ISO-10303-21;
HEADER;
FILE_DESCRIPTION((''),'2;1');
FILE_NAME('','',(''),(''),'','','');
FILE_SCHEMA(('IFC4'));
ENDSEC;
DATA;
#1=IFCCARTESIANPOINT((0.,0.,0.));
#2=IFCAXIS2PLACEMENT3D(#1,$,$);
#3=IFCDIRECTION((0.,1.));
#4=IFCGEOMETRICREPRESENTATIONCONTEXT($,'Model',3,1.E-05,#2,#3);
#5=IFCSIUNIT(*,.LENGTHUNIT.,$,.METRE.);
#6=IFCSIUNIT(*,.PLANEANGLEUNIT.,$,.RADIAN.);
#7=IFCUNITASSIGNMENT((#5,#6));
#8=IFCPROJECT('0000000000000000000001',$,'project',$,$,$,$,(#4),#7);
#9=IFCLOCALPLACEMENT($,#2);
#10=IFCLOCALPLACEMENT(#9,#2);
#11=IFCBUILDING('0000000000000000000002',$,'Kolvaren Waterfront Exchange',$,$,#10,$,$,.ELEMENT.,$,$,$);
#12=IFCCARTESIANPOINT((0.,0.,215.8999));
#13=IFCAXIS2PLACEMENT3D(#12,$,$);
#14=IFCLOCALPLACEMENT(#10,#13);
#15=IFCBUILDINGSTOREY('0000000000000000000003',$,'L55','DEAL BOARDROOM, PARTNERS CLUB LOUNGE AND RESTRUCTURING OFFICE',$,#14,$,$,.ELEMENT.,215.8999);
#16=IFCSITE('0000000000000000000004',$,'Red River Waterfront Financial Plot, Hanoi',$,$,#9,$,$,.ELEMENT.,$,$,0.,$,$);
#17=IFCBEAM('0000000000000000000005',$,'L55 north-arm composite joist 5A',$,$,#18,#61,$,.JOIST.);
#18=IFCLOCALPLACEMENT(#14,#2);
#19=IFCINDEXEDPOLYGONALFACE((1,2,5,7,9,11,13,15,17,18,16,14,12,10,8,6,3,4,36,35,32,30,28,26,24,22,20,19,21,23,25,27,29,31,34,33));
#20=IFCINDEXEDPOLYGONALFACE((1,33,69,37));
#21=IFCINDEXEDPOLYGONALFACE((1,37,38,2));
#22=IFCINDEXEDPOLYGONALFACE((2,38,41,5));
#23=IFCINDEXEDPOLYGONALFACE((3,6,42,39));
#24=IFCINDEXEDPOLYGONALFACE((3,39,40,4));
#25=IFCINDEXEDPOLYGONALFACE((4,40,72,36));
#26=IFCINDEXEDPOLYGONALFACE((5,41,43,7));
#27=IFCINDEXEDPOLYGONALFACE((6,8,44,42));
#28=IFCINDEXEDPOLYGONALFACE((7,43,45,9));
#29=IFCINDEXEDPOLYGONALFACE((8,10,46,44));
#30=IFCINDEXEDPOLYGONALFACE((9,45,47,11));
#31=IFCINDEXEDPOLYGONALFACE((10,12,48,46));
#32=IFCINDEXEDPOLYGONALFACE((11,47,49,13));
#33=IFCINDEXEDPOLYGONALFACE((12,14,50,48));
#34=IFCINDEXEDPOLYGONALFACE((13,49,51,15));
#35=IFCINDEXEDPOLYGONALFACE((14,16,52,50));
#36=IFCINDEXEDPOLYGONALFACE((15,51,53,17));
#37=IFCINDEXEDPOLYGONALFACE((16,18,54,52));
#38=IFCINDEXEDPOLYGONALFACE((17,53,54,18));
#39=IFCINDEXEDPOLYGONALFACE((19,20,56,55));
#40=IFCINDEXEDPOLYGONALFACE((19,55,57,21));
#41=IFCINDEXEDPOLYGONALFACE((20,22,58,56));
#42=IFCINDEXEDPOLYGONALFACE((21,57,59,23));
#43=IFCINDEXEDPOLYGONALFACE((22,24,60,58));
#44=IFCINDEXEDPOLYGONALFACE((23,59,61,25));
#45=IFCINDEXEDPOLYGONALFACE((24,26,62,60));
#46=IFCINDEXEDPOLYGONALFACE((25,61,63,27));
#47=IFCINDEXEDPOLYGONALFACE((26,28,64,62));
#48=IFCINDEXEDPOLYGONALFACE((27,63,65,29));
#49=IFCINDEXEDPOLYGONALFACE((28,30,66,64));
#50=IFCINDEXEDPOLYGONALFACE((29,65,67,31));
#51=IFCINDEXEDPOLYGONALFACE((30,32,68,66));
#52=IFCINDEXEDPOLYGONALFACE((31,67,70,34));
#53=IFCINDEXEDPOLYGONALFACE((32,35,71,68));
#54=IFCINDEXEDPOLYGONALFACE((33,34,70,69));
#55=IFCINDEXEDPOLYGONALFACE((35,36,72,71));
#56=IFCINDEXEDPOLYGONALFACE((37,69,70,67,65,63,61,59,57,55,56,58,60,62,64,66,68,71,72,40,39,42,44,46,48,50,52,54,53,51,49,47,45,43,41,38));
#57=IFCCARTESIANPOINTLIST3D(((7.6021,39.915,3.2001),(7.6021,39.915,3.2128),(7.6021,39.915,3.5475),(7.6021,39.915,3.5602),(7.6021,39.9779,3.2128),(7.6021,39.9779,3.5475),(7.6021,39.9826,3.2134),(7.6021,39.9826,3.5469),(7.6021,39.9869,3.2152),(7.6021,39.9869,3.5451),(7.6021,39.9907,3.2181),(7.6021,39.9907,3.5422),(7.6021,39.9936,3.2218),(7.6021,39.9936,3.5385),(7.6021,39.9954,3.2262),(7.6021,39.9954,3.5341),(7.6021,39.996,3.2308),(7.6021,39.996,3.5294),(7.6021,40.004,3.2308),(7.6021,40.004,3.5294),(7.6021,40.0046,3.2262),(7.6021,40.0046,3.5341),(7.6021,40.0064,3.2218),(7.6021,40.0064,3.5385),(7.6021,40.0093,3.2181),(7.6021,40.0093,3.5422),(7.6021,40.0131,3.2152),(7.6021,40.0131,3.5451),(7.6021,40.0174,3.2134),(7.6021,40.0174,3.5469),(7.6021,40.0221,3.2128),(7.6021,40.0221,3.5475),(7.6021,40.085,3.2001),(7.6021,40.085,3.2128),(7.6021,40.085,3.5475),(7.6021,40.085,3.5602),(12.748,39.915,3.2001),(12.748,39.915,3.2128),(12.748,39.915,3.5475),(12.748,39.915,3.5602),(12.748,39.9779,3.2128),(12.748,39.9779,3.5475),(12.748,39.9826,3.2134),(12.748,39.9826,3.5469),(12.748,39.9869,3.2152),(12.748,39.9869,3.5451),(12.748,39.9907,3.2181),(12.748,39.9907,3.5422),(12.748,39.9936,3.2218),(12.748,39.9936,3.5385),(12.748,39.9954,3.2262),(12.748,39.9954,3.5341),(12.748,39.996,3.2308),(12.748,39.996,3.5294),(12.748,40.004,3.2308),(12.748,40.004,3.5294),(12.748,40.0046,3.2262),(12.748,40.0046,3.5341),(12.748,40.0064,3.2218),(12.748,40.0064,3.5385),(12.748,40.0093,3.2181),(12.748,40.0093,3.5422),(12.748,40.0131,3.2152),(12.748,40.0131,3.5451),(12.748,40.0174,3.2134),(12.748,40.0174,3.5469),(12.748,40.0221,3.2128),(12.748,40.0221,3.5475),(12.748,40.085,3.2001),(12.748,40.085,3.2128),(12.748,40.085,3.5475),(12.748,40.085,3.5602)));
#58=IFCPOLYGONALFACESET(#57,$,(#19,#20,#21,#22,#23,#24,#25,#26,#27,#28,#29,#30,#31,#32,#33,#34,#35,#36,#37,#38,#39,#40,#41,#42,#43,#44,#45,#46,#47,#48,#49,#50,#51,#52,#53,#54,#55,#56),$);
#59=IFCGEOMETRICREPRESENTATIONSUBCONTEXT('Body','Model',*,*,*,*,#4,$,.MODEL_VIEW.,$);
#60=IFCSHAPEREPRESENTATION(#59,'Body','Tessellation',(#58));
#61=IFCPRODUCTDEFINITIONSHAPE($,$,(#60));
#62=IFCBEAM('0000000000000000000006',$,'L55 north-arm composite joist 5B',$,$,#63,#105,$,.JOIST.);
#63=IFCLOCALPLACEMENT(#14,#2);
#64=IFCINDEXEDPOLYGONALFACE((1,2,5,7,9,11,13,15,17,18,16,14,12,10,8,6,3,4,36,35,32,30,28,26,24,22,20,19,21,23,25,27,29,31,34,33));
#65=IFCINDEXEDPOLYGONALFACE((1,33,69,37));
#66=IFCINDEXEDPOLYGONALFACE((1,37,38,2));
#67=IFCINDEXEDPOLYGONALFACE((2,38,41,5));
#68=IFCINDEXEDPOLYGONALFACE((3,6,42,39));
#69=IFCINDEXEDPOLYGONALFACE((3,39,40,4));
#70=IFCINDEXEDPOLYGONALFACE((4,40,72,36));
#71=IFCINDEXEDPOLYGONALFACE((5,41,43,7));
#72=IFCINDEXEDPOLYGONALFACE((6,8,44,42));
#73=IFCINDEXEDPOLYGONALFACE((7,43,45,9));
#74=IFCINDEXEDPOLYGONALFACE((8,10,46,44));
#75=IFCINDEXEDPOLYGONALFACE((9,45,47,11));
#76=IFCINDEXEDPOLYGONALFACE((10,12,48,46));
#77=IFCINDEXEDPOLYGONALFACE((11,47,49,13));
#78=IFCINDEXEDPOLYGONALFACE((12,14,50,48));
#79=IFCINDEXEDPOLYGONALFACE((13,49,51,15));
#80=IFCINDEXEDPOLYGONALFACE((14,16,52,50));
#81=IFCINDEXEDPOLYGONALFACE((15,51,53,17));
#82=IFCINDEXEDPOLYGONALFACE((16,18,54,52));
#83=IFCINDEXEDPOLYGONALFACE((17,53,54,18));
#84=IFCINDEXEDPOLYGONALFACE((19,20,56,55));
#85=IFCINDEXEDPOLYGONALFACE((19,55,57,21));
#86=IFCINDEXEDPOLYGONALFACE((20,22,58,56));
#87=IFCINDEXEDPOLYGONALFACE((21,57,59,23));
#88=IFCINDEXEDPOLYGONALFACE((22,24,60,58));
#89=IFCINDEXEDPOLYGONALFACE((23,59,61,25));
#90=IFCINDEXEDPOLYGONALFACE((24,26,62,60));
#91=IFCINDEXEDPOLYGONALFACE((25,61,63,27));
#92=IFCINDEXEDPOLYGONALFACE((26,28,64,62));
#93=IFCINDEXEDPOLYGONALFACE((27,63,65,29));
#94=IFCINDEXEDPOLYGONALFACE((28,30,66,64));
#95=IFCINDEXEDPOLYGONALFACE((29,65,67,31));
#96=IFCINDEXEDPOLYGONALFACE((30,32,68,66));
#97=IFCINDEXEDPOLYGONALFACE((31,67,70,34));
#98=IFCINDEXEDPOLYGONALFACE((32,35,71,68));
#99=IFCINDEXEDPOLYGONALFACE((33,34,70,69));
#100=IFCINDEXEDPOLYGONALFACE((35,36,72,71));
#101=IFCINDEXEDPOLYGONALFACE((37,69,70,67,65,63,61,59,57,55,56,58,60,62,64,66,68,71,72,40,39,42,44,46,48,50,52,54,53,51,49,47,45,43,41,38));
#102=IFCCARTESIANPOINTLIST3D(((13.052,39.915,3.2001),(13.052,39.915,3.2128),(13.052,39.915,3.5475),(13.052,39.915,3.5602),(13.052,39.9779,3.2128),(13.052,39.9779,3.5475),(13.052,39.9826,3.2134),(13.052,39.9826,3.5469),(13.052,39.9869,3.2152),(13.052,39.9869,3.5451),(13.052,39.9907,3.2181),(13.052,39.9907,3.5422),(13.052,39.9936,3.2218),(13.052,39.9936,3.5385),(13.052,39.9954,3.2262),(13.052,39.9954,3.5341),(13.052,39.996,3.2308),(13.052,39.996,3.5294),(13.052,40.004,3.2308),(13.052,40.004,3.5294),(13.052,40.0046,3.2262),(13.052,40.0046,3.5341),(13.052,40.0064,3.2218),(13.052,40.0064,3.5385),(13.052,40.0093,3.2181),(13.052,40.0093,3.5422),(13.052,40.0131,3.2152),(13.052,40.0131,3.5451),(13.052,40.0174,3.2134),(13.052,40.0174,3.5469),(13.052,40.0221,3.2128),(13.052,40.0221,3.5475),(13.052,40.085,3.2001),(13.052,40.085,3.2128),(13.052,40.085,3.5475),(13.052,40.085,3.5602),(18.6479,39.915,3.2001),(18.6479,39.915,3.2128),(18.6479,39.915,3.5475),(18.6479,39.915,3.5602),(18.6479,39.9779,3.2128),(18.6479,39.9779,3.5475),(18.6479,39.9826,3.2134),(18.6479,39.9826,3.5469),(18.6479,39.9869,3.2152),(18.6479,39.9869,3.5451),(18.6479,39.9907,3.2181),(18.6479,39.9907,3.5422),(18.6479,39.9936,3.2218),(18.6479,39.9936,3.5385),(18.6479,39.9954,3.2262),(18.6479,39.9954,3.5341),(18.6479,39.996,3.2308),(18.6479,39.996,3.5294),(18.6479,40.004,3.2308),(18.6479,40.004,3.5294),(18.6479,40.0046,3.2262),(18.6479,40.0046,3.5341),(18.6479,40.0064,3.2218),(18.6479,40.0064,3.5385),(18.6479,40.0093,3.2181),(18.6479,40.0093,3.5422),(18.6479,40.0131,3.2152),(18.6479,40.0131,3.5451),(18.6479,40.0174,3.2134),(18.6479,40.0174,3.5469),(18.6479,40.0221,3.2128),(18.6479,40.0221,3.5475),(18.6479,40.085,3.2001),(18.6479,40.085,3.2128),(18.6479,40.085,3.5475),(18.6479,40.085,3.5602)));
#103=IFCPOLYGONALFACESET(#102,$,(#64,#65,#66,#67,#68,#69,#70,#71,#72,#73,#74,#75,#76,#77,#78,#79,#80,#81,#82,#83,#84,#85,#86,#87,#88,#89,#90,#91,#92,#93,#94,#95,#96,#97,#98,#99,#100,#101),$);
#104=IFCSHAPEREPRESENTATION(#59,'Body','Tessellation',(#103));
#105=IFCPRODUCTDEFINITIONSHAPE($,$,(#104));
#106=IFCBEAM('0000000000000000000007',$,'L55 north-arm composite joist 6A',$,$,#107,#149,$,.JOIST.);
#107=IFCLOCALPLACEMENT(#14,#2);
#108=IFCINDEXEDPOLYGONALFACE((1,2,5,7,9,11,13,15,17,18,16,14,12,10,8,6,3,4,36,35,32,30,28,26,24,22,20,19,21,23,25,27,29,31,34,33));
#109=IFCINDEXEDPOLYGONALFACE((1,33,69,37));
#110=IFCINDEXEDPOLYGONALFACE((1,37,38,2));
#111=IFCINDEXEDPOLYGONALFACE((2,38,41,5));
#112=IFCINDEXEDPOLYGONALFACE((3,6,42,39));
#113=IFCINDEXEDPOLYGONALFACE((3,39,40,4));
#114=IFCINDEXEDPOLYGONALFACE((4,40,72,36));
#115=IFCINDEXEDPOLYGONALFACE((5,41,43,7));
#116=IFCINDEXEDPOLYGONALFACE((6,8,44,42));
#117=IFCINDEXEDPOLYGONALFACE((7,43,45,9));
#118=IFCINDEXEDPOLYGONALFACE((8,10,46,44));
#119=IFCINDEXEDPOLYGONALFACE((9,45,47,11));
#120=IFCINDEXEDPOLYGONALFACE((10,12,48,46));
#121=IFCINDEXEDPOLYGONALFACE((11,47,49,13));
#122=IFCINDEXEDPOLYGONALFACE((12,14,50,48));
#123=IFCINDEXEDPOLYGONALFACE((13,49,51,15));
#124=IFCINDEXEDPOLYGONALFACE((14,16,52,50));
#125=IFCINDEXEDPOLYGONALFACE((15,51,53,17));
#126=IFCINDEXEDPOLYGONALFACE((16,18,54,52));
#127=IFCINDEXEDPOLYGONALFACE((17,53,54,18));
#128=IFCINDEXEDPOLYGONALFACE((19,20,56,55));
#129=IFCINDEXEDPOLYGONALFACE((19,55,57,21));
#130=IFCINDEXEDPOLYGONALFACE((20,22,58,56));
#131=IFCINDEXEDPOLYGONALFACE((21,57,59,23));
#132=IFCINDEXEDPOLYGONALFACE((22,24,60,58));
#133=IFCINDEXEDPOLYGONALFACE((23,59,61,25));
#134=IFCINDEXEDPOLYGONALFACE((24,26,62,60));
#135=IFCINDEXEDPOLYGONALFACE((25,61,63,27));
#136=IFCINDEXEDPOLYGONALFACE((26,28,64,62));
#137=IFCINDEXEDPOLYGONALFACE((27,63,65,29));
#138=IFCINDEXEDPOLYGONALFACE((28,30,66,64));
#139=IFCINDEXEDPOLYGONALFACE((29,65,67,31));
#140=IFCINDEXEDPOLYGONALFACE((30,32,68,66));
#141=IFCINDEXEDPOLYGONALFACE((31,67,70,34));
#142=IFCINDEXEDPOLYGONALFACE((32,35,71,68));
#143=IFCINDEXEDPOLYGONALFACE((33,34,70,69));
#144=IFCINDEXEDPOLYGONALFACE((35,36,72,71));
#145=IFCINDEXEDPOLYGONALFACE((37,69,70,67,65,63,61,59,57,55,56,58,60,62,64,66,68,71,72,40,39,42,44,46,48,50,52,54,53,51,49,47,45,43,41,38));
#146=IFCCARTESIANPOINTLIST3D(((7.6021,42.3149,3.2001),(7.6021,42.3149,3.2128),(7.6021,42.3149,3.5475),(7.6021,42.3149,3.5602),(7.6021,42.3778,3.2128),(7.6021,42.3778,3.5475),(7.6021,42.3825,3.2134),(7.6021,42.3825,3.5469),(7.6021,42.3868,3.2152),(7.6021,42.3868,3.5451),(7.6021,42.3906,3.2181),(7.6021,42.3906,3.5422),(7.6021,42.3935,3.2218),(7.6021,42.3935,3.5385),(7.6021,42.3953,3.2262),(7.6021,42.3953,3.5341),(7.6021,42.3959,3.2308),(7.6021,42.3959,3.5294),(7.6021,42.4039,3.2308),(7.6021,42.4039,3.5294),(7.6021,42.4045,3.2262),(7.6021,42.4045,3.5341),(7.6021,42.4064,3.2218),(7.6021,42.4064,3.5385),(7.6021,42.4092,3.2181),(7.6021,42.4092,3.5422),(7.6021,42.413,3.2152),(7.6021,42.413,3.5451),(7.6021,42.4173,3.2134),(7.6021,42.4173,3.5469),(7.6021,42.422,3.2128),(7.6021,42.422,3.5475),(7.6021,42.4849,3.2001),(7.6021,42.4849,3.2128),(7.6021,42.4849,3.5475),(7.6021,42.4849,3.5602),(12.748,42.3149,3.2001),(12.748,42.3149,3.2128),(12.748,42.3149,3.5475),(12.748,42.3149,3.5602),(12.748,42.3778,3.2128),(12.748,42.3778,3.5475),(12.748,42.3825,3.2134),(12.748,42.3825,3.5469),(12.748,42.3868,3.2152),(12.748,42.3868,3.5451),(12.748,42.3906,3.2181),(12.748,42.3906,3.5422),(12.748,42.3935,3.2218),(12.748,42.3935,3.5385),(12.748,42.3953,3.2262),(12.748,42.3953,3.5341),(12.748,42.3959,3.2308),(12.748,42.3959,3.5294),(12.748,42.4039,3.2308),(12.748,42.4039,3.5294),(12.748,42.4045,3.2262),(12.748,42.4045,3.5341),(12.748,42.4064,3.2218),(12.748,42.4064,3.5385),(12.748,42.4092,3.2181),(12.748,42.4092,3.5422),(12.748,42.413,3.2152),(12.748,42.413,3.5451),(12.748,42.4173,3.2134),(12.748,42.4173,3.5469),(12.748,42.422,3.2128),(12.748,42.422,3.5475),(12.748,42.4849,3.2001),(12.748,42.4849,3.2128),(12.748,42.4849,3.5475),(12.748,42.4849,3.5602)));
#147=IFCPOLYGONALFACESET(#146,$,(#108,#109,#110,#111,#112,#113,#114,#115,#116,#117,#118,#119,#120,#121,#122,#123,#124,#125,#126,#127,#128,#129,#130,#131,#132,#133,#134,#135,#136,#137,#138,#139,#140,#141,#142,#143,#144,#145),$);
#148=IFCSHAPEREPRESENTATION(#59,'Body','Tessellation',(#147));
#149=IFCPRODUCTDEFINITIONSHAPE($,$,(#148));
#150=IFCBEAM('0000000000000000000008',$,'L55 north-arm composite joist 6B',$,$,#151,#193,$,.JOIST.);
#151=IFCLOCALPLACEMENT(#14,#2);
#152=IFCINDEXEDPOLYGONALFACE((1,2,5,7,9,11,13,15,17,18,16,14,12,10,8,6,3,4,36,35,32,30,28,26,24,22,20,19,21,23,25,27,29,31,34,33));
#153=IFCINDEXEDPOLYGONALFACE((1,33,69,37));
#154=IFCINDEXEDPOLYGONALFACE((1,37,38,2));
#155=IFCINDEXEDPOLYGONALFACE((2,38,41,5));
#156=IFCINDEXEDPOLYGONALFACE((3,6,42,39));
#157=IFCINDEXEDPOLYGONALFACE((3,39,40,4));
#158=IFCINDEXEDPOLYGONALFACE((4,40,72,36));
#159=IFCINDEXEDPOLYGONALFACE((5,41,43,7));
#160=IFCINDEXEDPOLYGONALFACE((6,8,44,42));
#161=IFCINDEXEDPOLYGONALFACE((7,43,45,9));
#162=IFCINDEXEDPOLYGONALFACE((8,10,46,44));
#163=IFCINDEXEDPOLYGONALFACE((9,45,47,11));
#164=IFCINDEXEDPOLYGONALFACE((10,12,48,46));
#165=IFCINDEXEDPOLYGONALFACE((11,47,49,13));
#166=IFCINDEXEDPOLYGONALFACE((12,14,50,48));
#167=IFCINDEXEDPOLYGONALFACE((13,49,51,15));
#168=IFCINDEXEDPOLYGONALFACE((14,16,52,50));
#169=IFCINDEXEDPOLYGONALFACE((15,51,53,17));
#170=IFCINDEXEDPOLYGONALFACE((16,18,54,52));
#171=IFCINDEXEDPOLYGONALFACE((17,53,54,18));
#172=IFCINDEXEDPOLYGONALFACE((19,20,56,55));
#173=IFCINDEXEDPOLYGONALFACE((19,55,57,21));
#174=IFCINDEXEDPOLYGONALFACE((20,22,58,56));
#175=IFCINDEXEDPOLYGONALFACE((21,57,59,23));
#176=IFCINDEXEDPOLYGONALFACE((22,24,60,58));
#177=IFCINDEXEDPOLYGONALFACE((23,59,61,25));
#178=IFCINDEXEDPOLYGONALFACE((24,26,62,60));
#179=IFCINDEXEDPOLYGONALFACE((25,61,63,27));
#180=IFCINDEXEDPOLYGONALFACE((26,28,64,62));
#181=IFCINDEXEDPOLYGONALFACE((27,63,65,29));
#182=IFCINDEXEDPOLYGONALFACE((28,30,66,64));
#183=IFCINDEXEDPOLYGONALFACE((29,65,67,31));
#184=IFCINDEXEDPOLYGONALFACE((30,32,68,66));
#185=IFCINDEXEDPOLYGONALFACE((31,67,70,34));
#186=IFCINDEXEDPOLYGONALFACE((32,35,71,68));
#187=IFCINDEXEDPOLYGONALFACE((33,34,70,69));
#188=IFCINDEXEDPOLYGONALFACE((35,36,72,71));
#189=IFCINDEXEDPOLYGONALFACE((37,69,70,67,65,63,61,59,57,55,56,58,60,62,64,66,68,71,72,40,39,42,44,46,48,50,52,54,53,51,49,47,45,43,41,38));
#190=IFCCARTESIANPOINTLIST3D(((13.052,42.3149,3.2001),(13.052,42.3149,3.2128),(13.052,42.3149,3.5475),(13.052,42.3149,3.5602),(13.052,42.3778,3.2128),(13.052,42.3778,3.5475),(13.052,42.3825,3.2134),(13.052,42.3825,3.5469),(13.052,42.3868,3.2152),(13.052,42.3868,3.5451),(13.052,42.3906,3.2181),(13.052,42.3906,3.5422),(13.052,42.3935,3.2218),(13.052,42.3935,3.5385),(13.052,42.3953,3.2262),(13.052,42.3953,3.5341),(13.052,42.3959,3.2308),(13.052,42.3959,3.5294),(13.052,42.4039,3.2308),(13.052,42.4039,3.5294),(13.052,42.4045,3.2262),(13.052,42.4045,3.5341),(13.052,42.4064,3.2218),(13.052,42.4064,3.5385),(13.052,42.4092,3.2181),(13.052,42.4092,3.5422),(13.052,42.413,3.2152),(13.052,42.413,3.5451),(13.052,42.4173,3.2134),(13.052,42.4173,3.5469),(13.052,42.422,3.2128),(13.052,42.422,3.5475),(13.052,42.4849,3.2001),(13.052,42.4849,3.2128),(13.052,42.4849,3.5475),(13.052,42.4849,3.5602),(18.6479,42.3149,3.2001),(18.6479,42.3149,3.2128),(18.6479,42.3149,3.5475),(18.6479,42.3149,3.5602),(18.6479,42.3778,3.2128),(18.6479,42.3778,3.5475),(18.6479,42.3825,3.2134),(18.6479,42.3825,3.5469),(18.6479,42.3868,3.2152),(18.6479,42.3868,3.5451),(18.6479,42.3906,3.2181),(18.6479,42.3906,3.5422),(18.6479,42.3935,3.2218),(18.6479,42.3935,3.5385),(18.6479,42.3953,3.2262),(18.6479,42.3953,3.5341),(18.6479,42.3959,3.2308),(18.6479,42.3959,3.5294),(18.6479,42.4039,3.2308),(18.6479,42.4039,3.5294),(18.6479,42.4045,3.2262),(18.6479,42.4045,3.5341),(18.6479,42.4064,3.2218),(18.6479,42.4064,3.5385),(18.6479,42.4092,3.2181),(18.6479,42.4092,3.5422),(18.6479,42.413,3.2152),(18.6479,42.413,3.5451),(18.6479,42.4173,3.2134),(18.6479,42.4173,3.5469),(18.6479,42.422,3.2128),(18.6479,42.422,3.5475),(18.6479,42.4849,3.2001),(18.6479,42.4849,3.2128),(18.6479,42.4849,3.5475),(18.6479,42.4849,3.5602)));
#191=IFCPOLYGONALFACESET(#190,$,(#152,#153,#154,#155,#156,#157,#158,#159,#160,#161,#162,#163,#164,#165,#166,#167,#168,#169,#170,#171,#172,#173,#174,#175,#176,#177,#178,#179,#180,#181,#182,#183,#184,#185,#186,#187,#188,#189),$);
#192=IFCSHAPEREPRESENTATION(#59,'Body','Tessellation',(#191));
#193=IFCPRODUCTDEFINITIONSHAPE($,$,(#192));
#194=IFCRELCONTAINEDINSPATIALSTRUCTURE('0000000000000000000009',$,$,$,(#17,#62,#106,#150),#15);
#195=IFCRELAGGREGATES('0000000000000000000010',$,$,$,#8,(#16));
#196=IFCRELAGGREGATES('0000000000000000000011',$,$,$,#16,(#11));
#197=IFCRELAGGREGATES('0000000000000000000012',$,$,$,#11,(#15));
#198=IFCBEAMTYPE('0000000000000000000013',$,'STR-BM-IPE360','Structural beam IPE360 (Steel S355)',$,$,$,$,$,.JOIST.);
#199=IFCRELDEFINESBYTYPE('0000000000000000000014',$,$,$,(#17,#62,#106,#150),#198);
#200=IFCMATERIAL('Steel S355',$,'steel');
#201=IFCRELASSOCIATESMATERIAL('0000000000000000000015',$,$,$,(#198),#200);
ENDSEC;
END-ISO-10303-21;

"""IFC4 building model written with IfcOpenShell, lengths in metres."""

from ifc_helpers import new_model, si_unit, direction, frame, origin, origin_2d, place, context, subcontext, project, spatial, i_section, extrude, material, material_profile, profile_set, type_object, element, save


model = new_model("IFC4")

# Units and contexts
model_context = context("Model", 3, precision=1e-05, world=origin(), true_north=direction((0.0, 1.0)))
body_context = subcontext(model_context, "Body", "Model", "MODEL_VIEW")
ifc_project = project(units=[si_unit("LENGTHUNIT", "METRE"), si_unit("PLANEANGLEUNIT", "RADIAN")], contexts=[model_context])

# Site, building, storey
site_placement = place(None, origin())
site = spatial("IfcSite", under=ifc_project, at=site_placement, Name="Red River Waterfront Financial Plot, Hanoi", CompositionType="ELEMENT", RefElevation=0.0)
building_placement = place(site_placement, origin())
building = spatial("IfcBuilding", under=site, at=building_placement, Name="Kolvaren Waterfront Exchange", CompositionType="ELEMENT")
storey_placement = place(building_placement, frame((0.0, 0.0, 215.8999)))
storey = spatial("IfcBuildingStorey", under=building, at=storey_placement, Name="L55", Description="DEAL BOARDROOM, PARTNERS CLUB LOUNGE AND RESTRUCTURING OFFICE", CompositionType="ELEMENT", Elevation=215.8999)

# Beams
ifc_material_1 = material(Name="Steel S355", Category="steel")
ifc_material_profile_1 = material_profile(ifc_material_1, i_section(OverallWidth=0.1699, OverallDepth=0.3601, WebThickness=0.0081, FlangeThickness=0.0127, FilletRadius=0.0181, at=origin_2d()), Name="IPE360")
ifc_profile_set_1 = profile_set([ifc_material_profile_1], Name="Steel S355")
beam_type_1 = type_object("IfcBeamType", Name="STR-BM-IPE360", Description="Structural beam IPE360 (Steel S355)", PredefinedType="JOIST", material=ifc_profile_set_1)
beam_1_placement = place(storey_placement, frame((7.6021, 40.0, 3.3801), z_axis=(1.0, 0.0, 0.0), x_axis=(0.0, 1.0, 0.0)))
element("IfcBeam", 1, at=beam_1_placement, inside=storey, type_object=beam_type_1, Name="L55 north-arm composite joist 5A", PredefinedType="JOIST", context=body_context, shape_type="SweptSolid", body=[
    extrude(i_section(OverallWidth=0.1699, OverallDepth=0.3601, WebThickness=0.0081, FlangeThickness=0.0127, FilletRadius=0.0181, at=origin_2d()), origin(), (0.0, 0.0, 1.0), 5.146),
])
beam_2_placement = place(storey_placement, frame((13.052, 40.0, 3.3801), z_axis=(1.0, 0.0, 0.0), x_axis=(0.0, 1.0, 0.0)))
element("IfcBeam", 2, at=beam_2_placement, inside=storey, type_object=beam_type_1, Name="L55 north-arm composite joist 5B", PredefinedType="JOIST", context=body_context, shape_type="SweptSolid", body=[
    extrude(i_section(OverallWidth=0.1699, OverallDepth=0.3601, WebThickness=0.0081, FlangeThickness=0.0127, FilletRadius=0.0181, at=origin_2d()), origin(), (0.0, 0.0, 1.0), 5.5959),
])
beam_3_placement = place(storey_placement, frame((7.6021, 42.3999, 3.3801), z_axis=(1.0, 0.0, 0.0), x_axis=(0.0, 1.0, 0.0)))
element("IfcBeam", 3, at=beam_3_placement, inside=storey, type_object=beam_type_1, Name="L55 north-arm composite joist 6A", PredefinedType="JOIST", context=body_context, shape_type="SweptSolid", body=[
    extrude(i_section(OverallWidth=0.1699, OverallDepth=0.3601, WebThickness=0.0081, FlangeThickness=0.0127, FilletRadius=0.0181, at=origin_2d()), origin(), (0.0, 0.0, 1.0), 5.146),
])
beam_4_placement = place(storey_placement, frame((13.052, 42.3999, 3.3801), z_axis=(1.0, 0.0, 0.0), x_axis=(0.0, 1.0, 0.0)))
element("IfcBeam", 4, at=beam_4_placement, inside=storey, type_object=beam_type_1, Name="L55 north-arm composite joist 6B", PredefinedType="JOIST", context=body_context, shape_type="SweptSolid", body=[
    extrude(i_section(OverallWidth=0.1699, OverallDepth=0.3601, WebThickness=0.0081, FlangeThickness=0.0127, FilletRadius=0.0181, at=origin_2d()), origin(), (0.0, 0.0, 1.0), 5.5959),
])

save(model, "model.ifc")
